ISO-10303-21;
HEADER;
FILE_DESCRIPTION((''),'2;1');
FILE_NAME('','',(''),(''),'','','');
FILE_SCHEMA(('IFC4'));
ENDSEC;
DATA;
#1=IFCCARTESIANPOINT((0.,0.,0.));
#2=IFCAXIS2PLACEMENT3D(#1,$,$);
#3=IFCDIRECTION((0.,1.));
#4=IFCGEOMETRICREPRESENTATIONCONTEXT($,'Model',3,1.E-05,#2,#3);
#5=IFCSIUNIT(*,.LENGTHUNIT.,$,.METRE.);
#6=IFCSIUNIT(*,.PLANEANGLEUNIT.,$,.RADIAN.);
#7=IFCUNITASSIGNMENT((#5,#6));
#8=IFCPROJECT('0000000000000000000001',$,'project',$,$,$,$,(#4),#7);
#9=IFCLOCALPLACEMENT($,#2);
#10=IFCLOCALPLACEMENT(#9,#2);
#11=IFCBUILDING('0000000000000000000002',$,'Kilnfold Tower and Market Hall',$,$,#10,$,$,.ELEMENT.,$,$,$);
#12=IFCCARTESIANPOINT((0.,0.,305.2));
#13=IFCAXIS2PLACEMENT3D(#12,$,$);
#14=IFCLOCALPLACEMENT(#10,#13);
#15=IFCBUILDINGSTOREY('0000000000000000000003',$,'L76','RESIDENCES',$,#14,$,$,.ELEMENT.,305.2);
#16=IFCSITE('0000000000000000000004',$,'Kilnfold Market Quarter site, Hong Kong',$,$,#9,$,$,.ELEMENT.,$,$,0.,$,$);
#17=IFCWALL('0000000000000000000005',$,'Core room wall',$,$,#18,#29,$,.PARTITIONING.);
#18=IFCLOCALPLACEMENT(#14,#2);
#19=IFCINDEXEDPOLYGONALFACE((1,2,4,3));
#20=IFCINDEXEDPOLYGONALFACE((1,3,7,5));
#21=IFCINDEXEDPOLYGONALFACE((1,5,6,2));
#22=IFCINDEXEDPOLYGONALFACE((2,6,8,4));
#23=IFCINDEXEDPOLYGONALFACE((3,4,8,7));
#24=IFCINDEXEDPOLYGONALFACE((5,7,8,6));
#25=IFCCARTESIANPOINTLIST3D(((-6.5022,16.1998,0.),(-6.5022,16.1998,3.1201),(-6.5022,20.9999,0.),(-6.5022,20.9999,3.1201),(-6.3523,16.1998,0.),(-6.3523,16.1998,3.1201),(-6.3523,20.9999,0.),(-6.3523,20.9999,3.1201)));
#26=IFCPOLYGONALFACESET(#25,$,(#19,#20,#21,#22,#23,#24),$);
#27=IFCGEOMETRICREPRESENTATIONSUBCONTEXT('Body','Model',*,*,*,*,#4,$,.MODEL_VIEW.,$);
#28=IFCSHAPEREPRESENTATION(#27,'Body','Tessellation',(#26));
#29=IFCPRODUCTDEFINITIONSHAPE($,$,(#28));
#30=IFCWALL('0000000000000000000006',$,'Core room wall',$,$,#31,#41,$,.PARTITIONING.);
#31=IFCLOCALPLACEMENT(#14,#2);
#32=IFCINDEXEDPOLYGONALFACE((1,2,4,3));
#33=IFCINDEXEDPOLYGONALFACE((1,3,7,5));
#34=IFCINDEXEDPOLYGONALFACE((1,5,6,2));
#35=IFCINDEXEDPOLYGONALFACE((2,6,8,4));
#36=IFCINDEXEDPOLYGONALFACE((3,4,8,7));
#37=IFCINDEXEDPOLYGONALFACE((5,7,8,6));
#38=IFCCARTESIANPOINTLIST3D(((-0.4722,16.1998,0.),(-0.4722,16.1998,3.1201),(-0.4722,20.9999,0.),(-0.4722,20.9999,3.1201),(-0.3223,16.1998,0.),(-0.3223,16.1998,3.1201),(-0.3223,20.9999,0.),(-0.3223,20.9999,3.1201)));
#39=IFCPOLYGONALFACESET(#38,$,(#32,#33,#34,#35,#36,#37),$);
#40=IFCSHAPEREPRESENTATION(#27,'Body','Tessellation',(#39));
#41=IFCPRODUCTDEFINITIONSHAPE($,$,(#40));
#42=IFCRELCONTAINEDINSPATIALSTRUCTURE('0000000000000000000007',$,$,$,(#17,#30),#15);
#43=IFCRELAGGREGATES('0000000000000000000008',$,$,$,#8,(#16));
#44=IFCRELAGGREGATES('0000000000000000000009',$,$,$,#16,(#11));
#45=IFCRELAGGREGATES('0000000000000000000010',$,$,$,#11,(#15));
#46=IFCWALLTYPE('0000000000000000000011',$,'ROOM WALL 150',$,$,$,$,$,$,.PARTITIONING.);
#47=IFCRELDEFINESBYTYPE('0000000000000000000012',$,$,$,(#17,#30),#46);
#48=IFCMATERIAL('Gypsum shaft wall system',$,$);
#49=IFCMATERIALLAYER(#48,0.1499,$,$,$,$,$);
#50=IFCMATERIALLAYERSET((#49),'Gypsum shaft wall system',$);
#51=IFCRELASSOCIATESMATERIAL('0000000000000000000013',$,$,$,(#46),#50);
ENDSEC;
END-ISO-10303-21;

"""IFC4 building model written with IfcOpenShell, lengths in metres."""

from ifc_helpers import new_model, si_unit, direction, frame, frame_2d, origin, place, context, subcontext, project, spatial, rectangle, extrude, source, transform, mapped, material, layer, layer_set, type_object, element, save


model = new_model("IFC4")

# Units and contexts
model_context = context("Model", 3, precision=1e-05, world=origin(), true_north=direction((0.0, 1.0)))
body_context = subcontext(model_context, "Body", "Model", "MODEL_VIEW")
ifc_project = project(units=[si_unit("LENGTHUNIT", "METRE"), si_unit("PLANEANGLEUNIT", "RADIAN")], contexts=[model_context])

# Site, building, storey
site_placement = place(None, origin())
site = spatial("IfcSite", under=ifc_project, at=site_placement, Name="Kilnfold Market Quarter site, Hong Kong", CompositionType="ELEMENT", RefElevation=0.0)
building_placement = place(site_placement, origin())
building = spatial("IfcBuilding", under=site, at=building_placement, Name="Kilnfold Tower and Market Hall", CompositionType="ELEMENT")
storey_placement = place(building_placement, frame((0.0, 0.0, 305.2)))
storey = spatial("IfcBuildingStorey", under=building, at=storey_placement, Name="L76", Description="RESIDENCES", CompositionType="ELEMENT", Elevation=305.2)

# Walls
ifc_material_1 = material(Name="Gypsum shaft wall system")
ifc_layer_1 = layer(ifc_material_1, 0.1499)
ifc_layer_set_1 = layer_set([ifc_layer_1], Name="Gypsum shaft wall system")
wall_type_1 = type_object("IfcWallType", Name="ROOM WALL 150", PredefinedType="PARTITIONING", material=ifc_layer_set_1)
shared_shape_1 = source(origin(), body_context, "Body", "SweptSolid", [
    extrude(rectangle(XDim=4.8, YDim=0.1499, at=frame_2d((2.3999, 0.0))), origin(), (0.0, 0.0, 1.0), 3.1201),
])
for number, where, z_axis, x_axis, name in (
    (1, (-6.4272, 16.2, 0.0), (0.0, 0.0, 1.0), (0.0, 1.0, 0.0), "Core room wall"),
    (2, (-0.3972, 16.2, 0.0), (0.0, 0.0, 1.0), (0.0, 1.0, 0.0), "Core room wall"),
):
    element("IfcWall", number, at=place(storey_placement, frame(where, z_axis=z_axis, x_axis=x_axis)), inside=storey, type_object=wall_type_1, Name=name, PredefinedType="PARTITIONING", context=body_context, shape_type="MappedRepresentation", body=[
        mapped(shared_shape_1, transform((0.0, 0.0, 0.0))),
    ])

save(model, "model.ifc")
